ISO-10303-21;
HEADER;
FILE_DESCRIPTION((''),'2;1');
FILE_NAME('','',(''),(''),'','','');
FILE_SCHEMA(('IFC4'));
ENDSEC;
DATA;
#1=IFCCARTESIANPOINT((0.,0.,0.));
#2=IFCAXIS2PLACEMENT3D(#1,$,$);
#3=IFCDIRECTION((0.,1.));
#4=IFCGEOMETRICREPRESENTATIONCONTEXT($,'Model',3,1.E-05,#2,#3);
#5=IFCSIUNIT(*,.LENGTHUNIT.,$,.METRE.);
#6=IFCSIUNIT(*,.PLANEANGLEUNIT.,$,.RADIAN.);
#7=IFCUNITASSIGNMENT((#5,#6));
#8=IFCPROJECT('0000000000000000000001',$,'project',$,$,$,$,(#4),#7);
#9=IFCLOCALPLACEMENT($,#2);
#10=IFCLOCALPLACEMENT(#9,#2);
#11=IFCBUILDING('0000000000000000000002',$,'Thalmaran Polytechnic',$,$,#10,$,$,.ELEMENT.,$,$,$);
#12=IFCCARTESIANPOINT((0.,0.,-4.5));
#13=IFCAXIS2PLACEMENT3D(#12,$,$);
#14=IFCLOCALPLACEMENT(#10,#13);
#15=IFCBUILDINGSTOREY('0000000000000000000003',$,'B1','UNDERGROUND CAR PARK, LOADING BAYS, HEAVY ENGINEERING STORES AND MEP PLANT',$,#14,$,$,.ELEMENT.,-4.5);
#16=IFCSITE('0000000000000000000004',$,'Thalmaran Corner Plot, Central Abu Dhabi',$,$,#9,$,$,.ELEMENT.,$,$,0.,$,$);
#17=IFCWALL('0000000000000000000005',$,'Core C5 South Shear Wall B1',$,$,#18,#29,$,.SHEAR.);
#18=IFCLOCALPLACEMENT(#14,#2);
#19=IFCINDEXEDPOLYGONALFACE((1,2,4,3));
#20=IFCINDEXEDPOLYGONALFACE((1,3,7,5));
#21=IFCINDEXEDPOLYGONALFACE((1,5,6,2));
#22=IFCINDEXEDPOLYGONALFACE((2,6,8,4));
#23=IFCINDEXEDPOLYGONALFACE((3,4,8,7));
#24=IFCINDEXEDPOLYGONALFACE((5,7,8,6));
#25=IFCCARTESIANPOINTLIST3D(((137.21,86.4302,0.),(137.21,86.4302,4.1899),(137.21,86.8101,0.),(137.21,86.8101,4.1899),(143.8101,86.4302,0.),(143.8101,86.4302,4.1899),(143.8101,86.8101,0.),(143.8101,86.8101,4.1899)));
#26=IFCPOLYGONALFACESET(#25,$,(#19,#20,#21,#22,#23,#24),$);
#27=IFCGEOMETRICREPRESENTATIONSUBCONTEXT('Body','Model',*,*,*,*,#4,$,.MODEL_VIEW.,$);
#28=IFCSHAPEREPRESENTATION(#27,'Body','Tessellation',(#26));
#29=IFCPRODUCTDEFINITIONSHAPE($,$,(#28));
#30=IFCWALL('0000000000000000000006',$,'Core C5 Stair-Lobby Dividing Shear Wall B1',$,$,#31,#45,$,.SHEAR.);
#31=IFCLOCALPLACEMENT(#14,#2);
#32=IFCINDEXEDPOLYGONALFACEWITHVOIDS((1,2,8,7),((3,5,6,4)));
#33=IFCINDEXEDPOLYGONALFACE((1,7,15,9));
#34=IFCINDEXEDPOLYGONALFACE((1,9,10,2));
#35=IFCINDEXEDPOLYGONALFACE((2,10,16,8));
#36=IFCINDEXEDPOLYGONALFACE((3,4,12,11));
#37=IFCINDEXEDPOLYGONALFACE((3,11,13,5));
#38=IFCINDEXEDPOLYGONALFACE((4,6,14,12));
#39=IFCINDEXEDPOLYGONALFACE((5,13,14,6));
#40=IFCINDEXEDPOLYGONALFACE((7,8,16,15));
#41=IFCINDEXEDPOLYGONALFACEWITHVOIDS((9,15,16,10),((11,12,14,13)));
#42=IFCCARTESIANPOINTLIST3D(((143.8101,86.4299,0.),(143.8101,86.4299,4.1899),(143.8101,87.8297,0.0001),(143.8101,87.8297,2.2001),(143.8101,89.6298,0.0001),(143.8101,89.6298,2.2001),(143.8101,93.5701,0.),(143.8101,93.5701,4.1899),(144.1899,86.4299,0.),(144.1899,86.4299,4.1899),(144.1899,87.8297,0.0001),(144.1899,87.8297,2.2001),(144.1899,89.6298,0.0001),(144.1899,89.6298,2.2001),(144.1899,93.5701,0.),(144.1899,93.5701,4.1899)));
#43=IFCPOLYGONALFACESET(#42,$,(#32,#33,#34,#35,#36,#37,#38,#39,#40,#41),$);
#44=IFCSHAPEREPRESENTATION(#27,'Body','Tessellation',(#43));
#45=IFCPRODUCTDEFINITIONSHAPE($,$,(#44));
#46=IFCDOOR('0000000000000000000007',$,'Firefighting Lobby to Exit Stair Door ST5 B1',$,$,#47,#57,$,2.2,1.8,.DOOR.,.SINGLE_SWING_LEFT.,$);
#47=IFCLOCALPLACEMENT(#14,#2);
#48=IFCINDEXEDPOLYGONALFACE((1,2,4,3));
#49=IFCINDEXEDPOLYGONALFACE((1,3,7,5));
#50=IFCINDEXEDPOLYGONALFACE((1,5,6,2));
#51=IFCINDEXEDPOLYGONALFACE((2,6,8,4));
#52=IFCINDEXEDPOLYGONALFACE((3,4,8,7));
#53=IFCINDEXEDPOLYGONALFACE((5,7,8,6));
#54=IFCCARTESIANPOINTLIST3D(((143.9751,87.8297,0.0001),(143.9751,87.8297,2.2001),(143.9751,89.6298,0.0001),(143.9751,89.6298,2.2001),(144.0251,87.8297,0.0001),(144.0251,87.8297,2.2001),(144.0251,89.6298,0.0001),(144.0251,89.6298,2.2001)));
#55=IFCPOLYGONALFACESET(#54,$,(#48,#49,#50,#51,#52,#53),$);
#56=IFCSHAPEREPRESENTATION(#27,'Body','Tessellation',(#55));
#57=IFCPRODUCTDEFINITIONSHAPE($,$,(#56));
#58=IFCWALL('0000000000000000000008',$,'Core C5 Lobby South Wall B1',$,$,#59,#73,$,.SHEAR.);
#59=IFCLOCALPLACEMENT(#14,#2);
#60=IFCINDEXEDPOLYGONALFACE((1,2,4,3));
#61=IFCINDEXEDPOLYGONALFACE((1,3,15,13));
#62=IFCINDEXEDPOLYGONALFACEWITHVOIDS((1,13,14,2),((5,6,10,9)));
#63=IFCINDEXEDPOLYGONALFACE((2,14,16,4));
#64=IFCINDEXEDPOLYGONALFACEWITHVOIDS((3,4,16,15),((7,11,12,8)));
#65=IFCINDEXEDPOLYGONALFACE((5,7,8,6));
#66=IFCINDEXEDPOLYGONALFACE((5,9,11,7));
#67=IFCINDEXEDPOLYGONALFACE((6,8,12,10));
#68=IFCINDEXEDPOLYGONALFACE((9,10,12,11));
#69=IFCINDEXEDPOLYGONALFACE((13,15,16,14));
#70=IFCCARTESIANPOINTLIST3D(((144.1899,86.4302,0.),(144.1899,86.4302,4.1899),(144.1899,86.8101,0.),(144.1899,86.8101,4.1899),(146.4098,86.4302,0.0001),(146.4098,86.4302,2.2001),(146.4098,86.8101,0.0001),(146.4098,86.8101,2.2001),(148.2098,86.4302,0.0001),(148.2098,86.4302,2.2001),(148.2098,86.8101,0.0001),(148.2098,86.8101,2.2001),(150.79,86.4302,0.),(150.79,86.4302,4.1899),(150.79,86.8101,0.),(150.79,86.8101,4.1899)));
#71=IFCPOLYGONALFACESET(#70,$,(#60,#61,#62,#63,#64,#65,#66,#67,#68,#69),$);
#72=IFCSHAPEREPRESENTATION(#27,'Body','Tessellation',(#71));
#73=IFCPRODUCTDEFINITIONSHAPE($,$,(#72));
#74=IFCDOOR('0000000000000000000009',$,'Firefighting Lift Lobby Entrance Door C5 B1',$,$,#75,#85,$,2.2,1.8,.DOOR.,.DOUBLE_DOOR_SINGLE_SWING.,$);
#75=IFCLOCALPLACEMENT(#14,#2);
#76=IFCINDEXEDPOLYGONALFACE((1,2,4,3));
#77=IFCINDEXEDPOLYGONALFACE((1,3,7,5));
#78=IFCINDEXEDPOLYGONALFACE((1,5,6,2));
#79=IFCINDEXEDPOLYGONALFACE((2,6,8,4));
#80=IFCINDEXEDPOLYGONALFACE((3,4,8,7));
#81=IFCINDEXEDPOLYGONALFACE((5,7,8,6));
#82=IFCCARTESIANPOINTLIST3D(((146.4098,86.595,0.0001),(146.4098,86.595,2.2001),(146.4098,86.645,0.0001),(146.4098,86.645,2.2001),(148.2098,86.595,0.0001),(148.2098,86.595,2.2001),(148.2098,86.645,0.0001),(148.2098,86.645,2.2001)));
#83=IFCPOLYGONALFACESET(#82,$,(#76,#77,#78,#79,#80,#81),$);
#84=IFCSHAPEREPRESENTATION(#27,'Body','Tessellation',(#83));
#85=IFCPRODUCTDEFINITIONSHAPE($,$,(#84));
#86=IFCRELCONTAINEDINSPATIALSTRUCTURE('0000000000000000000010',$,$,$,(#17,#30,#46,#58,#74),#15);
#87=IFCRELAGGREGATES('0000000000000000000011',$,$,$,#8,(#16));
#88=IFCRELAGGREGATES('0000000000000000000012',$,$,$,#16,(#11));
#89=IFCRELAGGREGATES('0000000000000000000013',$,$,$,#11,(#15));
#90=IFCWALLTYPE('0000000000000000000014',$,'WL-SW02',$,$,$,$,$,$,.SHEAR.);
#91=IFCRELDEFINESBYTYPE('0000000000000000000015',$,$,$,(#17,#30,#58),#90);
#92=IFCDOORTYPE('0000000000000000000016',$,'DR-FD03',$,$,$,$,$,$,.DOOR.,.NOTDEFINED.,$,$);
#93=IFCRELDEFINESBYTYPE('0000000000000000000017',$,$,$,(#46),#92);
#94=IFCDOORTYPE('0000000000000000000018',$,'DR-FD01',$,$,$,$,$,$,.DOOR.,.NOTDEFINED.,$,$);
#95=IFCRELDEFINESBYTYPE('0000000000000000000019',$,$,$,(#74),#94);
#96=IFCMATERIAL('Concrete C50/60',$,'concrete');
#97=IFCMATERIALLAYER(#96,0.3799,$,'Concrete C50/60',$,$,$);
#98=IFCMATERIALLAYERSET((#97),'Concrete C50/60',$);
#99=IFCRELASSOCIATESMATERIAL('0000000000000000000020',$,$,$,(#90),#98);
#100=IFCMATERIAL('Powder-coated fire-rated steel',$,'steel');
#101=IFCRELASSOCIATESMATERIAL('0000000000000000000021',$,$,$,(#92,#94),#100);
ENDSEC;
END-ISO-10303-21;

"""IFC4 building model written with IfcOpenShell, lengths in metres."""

from ifc_helpers import new_model, si_unit, direction, frame, frame_2d, origin, place, context, subcontext, project, spatial, rectangle, extrude, material, layer, layer_set, type_object, element, fill, save


model = new_model("IFC4")

# Units and contexts
model_context = context("Model", 3, precision=1e-05, world=origin(), true_north=direction((0.0, 1.0)))
body_context = subcontext(model_context, "Body", "Model", "MODEL_VIEW")
ifc_project = project(units=[si_unit("LENGTHUNIT", "METRE"), si_unit("PLANEANGLEUNIT", "RADIAN")], contexts=[model_context])

# Site, building, storey
site_placement = place(None, origin())
site = spatial("IfcSite", under=ifc_project, at=site_placement, Name="Thalmaran Corner Plot, Central Abu Dhabi", CompositionType="ELEMENT", RefElevation=0.0)
building_placement = place(site_placement, origin())
building = spatial("IfcBuilding", under=site, at=building_placement, Name="Thalmaran Polytechnic", CompositionType="ELEMENT")
storey_placement = place(building_placement, frame((0.0, 0.0, -4.5)))
storey = spatial("IfcBuildingStorey", under=building, at=storey_placement, Name="B1", Description="UNDERGROUND CAR PARK, LOADING BAYS, HEAVY ENGINEERING STORES AND MEP PLANT", CompositionType="ELEMENT", Elevation=-4.5)

# Shared definitions
ifc_material_1 = material(Name="Concrete C50/60", Category="concrete")

# Wall
ifc_layer_1 = layer(ifc_material_1, 0.3799, Name="Concrete C50/60")
ifc_layer_set_1 = layer_set([ifc_layer_1], Name="Concrete C50/60")
wall_type_1 = type_object("IfcWallType", Name="WL-SW02", PredefinedType="SHEAR", material=ifc_layer_set_1)
wall_1_placement = place(storey_placement, frame((137.21, 86.6201, 0.0), z_axis=(0.0, 0.0, 1.0), x_axis=(1.0, 0.0, 0.0)))
element("IfcWall", 1, at=wall_1_placement, inside=storey, type_object=wall_type_1, Name="Core C5 South Shear Wall B1", PredefinedType="SHEAR", context=body_context, shape_type="SweptSolid", body=[
    extrude(rectangle(XDim=6.6001, YDim=0.3799, at=frame_2d((3.3, 0.0))), origin(), (0.0, 0.0, 1.0), 4.1899),
])

# Walls, openings, doors
wall_2_placement = place(storey_placement, frame((144.0, 86.4299, 0.0), z_axis=(0.0, 0.0, 1.0), x_axis=(0.0, 1.0, 0.0)))
wall_2 = element("IfcWall", 2, at=wall_2_placement, inside=storey, type_object=wall_type_1, Name="Core C5 Stair-Lobby Dividing Shear Wall B1", PredefinedType="SHEAR", context=body_context, shape_type="SweptSolid", body=[
    extrude(rectangle(XDim=7.1401, YDim=0.3799, at=frame_2d((3.5701, 0.0))), origin(), (0.0, 0.0, 1.0), 4.1899),
])
opening_1_placement = place(wall_2_placement, frame((1.3999, 0.0, 0.0)))
opening_1 = element("IfcOpeningElement", 3, at=opening_1_placement, cuts=wall_2, PredefinedType="OPENING", context=body_context, shape_type="SweptSolid", body=[
    extrude(rectangle(XDim=1.8, YDim=2.2, at=frame_2d((0.8999, 1.1001))), frame((0.0, 0.2, 0.0), z_axis=(0.0, -1.0, 0.0), x_axis=(1.0, 0.0, 0.0)), (0.0, 0.0, 1.0), 0.3999),
])
ifc_material_2 = material(Name="Powder-coated fire-rated steel", Category="steel")
door_type_1 = type_object("IfcDoorType", Name="DR-FD03", OperationType="NOTDEFINED", PredefinedType="DOOR", material=ifc_material_2)
door_1_placement = place(opening_1_placement, origin())
door_1 = element("IfcDoor", 4, at=door_1_placement, inside=storey, type_object=door_type_1, Name="Firefighting Lobby to Exit Stair Door ST5 B1", OperationType="SINGLE_SWING_LEFT", OverallHeight=2.2, OverallWidth=1.8, PredefinedType="DOOR", context=body_context, shape_type="SweptSolid", body=[
    extrude(rectangle(XDim=1.8, YDim=2.2, at=frame_2d((0.8999, 1.1001))), frame((0.0, 0.0249, 0.0), z_axis=(0.0, -1.0, 0.0), x_axis=(1.0, 0.0, 0.0)), (0.0, 0.0, 1.0), 0.05),
])
fill(opening_1, door_1)
wall_3_placement = place(storey_placement, frame((144.1899, 86.6201, 0.0), z_axis=(0.0, 0.0, 1.0), x_axis=(1.0, 0.0, 0.0)))
wall_3 = element("IfcWall", 5, at=wall_3_placement, inside=storey, type_object=wall_type_1, Name="Core C5 Lobby South Wall B1", PredefinedType="SHEAR", context=body_context, shape_type="SweptSolid", body=[
    extrude(rectangle(XDim=6.6001, YDim=0.3799, at=frame_2d((3.3, 0.0))), origin(), (0.0, 0.0, 1.0), 4.1899),
])
opening_2_placement = place(wall_3_placement, frame((2.22, 0.0, 0.0)))
opening_2 = element("IfcOpeningElement", 6, at=opening_2_placement, cuts=wall_3, PredefinedType="OPENING", context=body_context, shape_type="SweptSolid", body=[
    extrude(rectangle(XDim=1.8, YDim=2.2, at=frame_2d((0.8999, 1.1001))), frame((0.0, 0.2, 0.0), z_axis=(0.0, -1.0, 0.0), x_axis=(1.0, 0.0, 0.0)), (0.0, 0.0, 1.0), 0.3999),
])
door_type_2 = type_object("IfcDoorType", Name="DR-FD01", OperationType="NOTDEFINED", PredefinedType="DOOR", material=ifc_material_2)
door_2_placement = place(opening_2_placement, origin())
door_2 = element("IfcDoor", 7, at=door_2_placement, inside=storey, type_object=door_type_2, Name="Firefighting Lift Lobby Entrance Door C5 B1", OperationType="DOUBLE_DOOR_SINGLE_SWING", OverallHeight=2.2, OverallWidth=1.8, PredefinedType="DOOR", context=body_context, shape_type="SweptSolid", body=[
    extrude(rectangle(XDim=1.8, YDim=2.2, at=frame_2d((0.8999, 1.1001))), frame((0.0, 0.0249, 0.0), z_axis=(0.0, -1.0, 0.0), x_axis=(1.0, 0.0, 0.0)), (0.0, 0.0, 1.0), 0.05),
])
fill(opening_2, door_2)

save(model, "model.ifc")
